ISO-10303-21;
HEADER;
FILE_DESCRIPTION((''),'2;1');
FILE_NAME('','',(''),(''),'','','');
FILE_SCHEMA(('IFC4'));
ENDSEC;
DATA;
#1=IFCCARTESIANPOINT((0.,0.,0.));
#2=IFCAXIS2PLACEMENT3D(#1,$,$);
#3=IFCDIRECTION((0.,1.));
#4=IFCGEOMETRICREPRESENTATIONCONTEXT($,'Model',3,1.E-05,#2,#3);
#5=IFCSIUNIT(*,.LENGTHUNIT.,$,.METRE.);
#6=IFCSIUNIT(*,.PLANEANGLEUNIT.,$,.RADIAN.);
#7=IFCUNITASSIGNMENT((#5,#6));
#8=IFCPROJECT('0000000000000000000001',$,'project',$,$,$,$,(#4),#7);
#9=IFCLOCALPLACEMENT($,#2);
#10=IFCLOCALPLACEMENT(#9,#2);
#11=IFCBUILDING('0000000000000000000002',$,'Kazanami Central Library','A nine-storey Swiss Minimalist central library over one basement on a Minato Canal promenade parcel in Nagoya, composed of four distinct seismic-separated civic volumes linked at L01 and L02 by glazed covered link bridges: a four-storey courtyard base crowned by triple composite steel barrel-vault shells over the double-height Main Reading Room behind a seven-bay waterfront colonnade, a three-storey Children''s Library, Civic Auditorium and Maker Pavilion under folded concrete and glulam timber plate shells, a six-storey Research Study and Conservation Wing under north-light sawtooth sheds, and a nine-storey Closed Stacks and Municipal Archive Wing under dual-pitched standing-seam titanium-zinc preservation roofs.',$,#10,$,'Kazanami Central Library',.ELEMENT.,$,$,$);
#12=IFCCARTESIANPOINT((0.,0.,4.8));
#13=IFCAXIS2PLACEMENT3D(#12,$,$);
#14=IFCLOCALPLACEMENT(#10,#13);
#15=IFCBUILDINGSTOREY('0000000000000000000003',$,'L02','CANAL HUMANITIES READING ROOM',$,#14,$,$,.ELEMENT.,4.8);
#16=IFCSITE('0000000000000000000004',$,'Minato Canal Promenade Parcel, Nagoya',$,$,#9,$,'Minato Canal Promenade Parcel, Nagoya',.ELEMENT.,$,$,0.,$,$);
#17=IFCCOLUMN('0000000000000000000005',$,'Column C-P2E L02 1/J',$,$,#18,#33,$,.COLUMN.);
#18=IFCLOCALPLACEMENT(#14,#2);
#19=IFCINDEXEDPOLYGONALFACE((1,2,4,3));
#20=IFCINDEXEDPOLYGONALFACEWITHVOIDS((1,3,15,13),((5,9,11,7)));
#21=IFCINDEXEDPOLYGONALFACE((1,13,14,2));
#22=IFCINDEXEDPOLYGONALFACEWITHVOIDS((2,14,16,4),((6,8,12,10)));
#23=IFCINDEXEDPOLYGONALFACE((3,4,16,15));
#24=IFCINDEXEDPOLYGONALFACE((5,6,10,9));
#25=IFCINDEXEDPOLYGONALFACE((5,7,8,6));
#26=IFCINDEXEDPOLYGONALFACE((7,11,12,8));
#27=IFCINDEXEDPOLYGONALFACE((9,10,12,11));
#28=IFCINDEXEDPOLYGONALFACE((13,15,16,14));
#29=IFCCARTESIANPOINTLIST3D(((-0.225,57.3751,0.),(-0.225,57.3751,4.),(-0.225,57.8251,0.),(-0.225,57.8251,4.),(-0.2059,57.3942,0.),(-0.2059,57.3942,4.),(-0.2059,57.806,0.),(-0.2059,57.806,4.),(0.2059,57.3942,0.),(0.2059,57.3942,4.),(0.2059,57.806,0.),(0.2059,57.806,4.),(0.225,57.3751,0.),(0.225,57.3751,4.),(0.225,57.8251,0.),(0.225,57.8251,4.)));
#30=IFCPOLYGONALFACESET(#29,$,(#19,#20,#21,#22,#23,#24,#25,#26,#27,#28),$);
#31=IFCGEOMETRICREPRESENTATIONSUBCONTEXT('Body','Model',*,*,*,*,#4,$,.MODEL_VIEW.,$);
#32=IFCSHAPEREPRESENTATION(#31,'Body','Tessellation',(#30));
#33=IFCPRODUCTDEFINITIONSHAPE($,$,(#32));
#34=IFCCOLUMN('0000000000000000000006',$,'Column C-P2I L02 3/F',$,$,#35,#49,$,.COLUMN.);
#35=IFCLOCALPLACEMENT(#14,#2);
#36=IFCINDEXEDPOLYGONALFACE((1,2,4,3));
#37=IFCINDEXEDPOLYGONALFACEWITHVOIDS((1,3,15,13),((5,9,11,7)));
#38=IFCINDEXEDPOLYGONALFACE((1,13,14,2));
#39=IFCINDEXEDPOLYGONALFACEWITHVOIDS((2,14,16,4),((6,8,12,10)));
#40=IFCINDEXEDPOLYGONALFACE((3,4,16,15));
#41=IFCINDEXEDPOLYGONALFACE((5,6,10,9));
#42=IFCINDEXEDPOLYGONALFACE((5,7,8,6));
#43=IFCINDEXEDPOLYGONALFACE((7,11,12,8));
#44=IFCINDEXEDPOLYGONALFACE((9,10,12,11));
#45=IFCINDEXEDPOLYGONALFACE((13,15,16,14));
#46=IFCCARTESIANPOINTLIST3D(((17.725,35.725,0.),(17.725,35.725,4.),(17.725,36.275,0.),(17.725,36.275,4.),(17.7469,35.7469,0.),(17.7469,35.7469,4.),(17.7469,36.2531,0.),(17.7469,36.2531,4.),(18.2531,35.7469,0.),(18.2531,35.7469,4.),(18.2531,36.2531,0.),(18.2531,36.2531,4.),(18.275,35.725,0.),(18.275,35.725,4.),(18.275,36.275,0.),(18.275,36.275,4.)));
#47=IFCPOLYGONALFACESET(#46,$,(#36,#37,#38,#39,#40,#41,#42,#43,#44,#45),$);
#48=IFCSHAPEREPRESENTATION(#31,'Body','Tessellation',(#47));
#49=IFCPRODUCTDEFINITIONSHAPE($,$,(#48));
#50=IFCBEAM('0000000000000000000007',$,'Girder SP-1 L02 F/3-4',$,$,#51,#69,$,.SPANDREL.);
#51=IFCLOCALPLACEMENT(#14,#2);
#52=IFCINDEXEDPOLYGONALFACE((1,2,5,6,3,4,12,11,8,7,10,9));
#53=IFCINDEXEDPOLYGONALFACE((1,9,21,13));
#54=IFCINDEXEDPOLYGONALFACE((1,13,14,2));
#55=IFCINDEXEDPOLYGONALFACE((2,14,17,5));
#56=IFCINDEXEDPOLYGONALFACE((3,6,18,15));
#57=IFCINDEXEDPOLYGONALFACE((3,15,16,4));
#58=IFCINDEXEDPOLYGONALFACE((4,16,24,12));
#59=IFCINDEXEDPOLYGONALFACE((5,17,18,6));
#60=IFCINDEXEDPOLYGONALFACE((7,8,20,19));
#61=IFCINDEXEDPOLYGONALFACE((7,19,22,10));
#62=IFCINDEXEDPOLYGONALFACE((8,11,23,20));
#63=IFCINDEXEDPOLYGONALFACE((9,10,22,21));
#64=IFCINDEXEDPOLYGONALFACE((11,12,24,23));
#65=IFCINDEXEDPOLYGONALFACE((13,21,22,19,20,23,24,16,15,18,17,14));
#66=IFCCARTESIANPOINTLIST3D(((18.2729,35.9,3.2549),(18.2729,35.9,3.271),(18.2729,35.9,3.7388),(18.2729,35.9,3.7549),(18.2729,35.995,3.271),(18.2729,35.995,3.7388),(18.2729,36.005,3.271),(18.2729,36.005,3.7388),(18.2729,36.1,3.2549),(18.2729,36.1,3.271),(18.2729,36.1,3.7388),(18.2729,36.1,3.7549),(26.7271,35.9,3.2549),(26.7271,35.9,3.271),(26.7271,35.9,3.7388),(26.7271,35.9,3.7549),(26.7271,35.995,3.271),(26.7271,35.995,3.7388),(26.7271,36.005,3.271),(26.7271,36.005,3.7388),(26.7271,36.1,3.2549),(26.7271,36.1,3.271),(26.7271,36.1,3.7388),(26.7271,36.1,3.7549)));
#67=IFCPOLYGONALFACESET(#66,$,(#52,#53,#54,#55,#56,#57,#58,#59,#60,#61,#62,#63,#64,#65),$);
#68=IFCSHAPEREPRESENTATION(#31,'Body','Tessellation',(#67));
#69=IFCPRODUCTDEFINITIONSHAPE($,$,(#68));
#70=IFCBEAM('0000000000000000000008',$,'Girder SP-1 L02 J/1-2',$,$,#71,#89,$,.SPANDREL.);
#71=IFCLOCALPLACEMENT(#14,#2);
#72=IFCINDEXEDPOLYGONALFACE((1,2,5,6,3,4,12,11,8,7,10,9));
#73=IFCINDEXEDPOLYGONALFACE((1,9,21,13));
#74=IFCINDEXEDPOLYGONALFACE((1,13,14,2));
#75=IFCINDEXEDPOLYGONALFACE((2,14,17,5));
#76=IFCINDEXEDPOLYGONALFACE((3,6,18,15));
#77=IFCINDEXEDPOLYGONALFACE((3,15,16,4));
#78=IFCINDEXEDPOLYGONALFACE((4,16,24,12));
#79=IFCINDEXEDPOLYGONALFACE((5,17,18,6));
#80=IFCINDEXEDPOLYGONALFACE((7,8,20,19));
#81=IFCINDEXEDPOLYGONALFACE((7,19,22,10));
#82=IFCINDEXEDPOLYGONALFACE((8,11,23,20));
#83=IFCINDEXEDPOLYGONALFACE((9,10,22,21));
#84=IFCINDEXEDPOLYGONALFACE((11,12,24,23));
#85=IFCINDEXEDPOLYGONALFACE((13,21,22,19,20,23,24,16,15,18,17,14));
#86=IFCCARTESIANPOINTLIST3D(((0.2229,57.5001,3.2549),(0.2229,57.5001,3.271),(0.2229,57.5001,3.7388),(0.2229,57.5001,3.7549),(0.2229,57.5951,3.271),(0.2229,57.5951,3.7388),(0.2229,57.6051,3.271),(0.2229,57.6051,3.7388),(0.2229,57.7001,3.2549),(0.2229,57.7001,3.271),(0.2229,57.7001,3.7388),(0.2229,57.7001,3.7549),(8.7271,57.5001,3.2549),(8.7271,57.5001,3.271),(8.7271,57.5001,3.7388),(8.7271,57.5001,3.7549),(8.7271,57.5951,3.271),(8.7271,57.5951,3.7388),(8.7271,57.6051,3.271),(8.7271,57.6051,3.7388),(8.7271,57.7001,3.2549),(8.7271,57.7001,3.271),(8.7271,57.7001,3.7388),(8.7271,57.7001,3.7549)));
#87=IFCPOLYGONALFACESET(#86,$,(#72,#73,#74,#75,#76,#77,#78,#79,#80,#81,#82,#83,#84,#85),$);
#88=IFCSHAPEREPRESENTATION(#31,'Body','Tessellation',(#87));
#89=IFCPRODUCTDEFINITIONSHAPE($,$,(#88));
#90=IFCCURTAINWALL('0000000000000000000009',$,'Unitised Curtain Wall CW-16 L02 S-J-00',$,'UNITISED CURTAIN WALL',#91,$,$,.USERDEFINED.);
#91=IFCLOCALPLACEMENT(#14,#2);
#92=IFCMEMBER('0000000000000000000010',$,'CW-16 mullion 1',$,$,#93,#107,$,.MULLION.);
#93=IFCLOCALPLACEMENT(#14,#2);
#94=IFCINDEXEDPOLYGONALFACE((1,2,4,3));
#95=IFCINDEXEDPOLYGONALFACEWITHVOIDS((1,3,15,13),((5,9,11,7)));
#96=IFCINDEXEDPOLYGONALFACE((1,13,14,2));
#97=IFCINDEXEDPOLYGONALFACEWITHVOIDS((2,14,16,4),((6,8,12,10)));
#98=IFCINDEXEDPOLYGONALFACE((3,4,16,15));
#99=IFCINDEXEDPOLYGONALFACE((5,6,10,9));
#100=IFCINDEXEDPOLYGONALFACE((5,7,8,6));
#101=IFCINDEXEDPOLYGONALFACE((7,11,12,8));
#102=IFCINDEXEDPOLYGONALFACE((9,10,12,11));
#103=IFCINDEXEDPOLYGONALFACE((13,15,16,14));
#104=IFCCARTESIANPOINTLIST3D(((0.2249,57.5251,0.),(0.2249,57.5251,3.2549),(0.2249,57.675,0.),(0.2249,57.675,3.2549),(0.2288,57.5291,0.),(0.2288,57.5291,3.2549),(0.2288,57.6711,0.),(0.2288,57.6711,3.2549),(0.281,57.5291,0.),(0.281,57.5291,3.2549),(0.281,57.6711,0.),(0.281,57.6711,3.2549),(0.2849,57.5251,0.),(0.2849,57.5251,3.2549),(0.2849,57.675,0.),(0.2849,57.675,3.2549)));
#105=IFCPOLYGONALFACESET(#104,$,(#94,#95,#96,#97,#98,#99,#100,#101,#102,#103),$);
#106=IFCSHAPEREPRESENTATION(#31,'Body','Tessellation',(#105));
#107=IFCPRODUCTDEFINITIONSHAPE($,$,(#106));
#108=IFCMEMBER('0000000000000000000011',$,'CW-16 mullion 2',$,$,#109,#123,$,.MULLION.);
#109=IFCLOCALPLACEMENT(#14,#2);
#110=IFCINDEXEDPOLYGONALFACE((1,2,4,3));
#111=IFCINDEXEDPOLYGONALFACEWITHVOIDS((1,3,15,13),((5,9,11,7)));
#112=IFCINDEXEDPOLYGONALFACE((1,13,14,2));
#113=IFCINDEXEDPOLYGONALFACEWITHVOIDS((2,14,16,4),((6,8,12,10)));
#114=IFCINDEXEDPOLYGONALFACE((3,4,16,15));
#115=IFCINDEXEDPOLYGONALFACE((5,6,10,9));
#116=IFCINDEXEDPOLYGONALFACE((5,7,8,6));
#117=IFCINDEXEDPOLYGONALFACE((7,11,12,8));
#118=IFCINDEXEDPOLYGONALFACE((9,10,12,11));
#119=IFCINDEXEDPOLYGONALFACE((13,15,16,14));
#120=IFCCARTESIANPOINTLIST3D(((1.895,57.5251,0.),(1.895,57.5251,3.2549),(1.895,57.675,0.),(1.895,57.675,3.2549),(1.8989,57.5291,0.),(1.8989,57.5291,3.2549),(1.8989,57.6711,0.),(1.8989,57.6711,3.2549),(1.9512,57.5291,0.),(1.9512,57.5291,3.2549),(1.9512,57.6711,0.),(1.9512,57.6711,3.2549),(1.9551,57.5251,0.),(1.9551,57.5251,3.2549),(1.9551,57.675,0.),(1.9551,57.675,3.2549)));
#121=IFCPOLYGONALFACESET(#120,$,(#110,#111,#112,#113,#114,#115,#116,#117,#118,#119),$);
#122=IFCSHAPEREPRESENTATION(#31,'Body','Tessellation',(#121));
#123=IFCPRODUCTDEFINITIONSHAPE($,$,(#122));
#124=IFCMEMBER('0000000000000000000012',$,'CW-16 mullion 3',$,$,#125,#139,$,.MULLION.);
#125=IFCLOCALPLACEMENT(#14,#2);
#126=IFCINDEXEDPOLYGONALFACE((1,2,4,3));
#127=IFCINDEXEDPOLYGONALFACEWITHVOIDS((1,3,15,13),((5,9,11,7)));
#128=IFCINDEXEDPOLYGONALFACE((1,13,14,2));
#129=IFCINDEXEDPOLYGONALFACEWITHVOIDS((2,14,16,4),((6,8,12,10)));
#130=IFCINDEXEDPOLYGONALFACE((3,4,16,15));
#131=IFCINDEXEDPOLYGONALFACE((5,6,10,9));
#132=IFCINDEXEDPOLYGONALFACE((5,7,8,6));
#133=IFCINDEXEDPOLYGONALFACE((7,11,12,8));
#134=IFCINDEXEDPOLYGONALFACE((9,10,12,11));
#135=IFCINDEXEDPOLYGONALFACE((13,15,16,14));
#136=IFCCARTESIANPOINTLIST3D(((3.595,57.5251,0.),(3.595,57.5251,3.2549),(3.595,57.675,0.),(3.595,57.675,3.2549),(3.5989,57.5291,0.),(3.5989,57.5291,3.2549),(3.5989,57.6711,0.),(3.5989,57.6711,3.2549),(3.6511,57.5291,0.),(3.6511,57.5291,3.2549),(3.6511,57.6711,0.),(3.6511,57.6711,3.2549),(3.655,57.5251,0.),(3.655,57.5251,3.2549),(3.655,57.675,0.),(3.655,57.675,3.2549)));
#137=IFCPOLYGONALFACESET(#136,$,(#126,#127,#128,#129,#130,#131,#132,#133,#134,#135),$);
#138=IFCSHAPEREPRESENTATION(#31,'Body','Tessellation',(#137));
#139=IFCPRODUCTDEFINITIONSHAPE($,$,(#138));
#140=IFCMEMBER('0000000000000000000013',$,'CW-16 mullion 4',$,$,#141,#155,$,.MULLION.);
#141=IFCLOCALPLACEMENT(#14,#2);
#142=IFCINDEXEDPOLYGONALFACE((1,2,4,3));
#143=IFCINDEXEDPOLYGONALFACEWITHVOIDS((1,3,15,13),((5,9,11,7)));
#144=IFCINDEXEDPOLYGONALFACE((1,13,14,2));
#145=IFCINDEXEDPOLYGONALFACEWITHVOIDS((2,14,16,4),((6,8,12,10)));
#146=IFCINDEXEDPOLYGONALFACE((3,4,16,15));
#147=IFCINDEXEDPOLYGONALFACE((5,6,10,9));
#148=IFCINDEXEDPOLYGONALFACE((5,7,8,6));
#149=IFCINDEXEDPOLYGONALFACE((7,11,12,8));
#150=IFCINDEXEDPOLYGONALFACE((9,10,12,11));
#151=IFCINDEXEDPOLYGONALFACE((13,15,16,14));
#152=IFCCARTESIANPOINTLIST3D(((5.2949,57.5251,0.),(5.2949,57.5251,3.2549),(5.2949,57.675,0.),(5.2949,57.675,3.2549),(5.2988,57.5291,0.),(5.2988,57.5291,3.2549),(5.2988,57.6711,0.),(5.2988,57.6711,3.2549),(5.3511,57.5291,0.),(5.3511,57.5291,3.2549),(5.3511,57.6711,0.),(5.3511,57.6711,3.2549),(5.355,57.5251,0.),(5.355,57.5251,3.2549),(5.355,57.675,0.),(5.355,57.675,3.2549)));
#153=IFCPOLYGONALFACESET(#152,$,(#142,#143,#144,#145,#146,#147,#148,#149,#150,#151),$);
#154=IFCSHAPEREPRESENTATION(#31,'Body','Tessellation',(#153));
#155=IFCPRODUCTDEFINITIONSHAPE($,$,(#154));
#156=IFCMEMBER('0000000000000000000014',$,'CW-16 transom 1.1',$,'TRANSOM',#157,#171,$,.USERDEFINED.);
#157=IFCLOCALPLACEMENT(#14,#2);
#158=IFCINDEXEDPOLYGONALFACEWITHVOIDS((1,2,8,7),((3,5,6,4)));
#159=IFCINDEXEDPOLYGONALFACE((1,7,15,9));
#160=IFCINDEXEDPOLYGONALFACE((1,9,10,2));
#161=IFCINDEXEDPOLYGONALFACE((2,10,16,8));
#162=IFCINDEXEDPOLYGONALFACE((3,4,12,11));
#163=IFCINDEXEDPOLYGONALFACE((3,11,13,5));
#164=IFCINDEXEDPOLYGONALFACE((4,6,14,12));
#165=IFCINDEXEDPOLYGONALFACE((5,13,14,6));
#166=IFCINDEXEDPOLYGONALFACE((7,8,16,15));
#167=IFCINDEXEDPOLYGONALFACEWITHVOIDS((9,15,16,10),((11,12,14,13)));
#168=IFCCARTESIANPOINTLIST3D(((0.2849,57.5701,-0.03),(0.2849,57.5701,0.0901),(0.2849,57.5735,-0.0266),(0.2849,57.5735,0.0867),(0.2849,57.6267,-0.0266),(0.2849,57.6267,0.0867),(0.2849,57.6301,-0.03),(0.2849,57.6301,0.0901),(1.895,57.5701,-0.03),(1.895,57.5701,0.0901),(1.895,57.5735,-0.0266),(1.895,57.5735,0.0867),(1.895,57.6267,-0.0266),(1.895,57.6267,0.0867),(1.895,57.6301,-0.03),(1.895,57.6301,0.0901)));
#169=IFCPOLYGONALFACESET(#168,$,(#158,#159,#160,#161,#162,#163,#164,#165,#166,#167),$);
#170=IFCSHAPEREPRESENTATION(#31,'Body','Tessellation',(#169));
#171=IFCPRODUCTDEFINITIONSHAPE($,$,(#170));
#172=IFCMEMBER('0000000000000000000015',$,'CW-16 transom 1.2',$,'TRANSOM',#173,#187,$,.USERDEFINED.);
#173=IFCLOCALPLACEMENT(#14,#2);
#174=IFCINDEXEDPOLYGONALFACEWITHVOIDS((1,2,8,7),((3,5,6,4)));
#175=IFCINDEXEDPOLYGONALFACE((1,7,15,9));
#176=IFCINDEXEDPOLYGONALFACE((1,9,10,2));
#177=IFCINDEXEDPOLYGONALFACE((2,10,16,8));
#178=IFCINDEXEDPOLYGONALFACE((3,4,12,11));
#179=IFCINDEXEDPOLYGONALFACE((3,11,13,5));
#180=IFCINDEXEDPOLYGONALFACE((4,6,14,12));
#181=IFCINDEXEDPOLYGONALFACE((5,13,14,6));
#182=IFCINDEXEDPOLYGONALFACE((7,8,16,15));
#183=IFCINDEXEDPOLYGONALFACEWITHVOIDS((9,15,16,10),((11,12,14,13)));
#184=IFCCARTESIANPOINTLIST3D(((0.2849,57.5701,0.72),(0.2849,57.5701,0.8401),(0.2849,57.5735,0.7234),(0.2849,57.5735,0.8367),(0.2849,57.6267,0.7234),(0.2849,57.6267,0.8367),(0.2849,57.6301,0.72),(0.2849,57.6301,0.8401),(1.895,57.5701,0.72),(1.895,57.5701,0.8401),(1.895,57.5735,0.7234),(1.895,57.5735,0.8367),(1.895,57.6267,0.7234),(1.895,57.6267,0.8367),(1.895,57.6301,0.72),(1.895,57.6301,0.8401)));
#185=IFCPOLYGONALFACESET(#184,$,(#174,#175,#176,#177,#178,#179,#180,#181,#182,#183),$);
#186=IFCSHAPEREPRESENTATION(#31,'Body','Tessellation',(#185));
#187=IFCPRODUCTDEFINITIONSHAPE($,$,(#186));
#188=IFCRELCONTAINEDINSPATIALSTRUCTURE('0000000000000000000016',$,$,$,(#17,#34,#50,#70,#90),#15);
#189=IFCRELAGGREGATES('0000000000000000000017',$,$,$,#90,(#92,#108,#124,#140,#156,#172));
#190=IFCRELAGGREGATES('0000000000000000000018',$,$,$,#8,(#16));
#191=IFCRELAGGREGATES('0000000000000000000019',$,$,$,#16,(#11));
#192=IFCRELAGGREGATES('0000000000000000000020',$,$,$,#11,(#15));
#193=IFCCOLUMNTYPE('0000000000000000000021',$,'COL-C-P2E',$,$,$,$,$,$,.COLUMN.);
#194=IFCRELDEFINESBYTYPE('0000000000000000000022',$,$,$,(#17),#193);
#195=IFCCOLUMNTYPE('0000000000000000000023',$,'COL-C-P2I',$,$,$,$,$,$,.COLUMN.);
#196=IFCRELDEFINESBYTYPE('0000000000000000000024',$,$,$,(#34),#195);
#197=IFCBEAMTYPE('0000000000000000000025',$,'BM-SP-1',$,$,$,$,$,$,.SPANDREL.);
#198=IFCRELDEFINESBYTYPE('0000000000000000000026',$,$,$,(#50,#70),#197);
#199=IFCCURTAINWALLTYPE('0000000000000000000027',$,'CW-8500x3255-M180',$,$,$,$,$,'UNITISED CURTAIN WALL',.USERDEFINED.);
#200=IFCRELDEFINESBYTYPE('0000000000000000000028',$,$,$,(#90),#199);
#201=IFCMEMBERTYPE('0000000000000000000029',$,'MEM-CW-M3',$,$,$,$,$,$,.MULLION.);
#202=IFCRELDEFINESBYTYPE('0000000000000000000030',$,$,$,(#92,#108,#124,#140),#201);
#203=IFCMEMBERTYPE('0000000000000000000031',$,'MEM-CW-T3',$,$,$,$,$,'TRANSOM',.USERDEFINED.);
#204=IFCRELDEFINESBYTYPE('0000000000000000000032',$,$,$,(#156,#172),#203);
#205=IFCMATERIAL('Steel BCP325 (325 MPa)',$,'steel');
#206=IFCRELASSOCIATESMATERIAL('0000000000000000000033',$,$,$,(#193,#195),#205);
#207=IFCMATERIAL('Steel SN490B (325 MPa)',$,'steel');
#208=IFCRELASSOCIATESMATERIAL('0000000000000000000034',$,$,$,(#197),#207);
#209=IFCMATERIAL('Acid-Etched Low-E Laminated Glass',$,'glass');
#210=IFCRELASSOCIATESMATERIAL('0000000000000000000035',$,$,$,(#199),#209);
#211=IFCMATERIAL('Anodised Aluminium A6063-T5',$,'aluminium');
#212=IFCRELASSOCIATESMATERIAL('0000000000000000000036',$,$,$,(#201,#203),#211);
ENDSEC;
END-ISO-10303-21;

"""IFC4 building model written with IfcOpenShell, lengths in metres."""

from ifc_helpers import new_model, si_unit, direction, frame, origin, origin_2d, place, context, subcontext, project, spatial, hollow_rectangle, i_section, extrude, material, material_profile, profile_set, type_object, element, aggregate, save


model = new_model("IFC4")

# Units and contexts
model_context = context("Model", 3, precision=1e-05, world=origin(), true_north=direction((0.0, 1.0)))
body_context = subcontext(model_context, "Body", "Model", "MODEL_VIEW")
ifc_project = project(units=[si_unit("LENGTHUNIT", "METRE"), si_unit("PLANEANGLEUNIT", "RADIAN")], contexts=[model_context])

# Site, building, storey
site_placement = place(None, origin())
site = spatial("IfcSite", under=ifc_project, at=site_placement, Name="Minato Canal Promenade Parcel, Nagoya", LongName="Minato Canal Promenade Parcel, Nagoya", CompositionType="ELEMENT", RefElevation=0.0)
building_placement = place(site_placement, origin())
building = spatial("IfcBuilding", under=site, at=building_placement, Name="Kazanami Central Library", Description="A nine-storey Swiss Minimalist central library over one basement on a Minato Canal promenade parcel in Nagoya, composed of four distinct seismic-separated civic volumes linked at L01 and L02 by glazed covered link bridges: a four-storey courtyard base crowned by triple composite steel barrel-vault shells over the double-height Main Reading Room behind a seven-bay waterfront colonnade, a three-storey Children's Library, Civic Auditorium and Maker Pavilion under folded concrete and glulam timber plate shells, a six-storey Research Study and Conservation Wing under north-light sawtooth sheds, and a nine-storey Closed Stacks and Municipal Archive Wing under dual-pitched standing-seam titanium-zinc preservation roofs.", LongName="Kazanami Central Library", CompositionType="ELEMENT")
storey_placement = place(building_placement, frame((0.0, 0.0, 4.8)))
storey = spatial("IfcBuildingStorey", under=building, at=storey_placement, Name="L02", Description="CANAL HUMANITIES READING ROOM", CompositionType="ELEMENT", Elevation=4.8)

# Columns
ifc_material_1 = material(Name="Steel BCP325 (325 MPa)", Category="steel")
ifc_material_profile_1 = material_profile(ifc_material_1, hollow_rectangle(XDim=0.45, YDim=0.45, WallThickness=0.019, at=origin_2d()), Name="BCP-450x450x19")
ifc_profile_set_1 = profile_set([ifc_material_profile_1], Name="Steel BCP325 (325 MPa)")
column_type_1 = type_object("IfcColumnType", Name="COL-C-P2E", PredefinedType="COLUMN", material=ifc_profile_set_1)
column_1_placement = place(storey_placement, frame((0.0, 57.6001, 0.0), z_axis=(0.0, 0.0, 1.0), x_axis=(1.0, 0.0, 0.0)))
element("IfcColumn", 1, at=column_1_placement, inside=storey, type_object=column_type_1, Name="Column C-P2E L02 1/J", PredefinedType="COLUMN", context=body_context, shape_type="SweptSolid", body=[
    extrude(hollow_rectangle(XDim=0.45, YDim=0.45, WallThickness=0.019, at=origin_2d()), origin(), (0.0, 0.0, 1.0), 4.0),
])
ifc_material_profile_2 = material_profile(ifc_material_1, hollow_rectangle(XDim=0.55, YDim=0.55, WallThickness=0.022, at=origin_2d()), Name="BCP-550x550x22")
ifc_profile_set_2 = profile_set([ifc_material_profile_2], Name="Steel BCP325 (325 MPa)")
column_type_2 = type_object("IfcColumnType", Name="COL-C-P2I", PredefinedType="COLUMN", material=ifc_profile_set_2)
column_2_placement = place(storey_placement, frame((18.0, 36.0, 0.0), z_axis=(0.0, 0.0, 1.0), x_axis=(1.0, 0.0, 0.0)))
element("IfcColumn", 2, at=column_2_placement, inside=storey, type_object=column_type_2, Name="Column C-P2I L02 3/F", PredefinedType="COLUMN", context=body_context, shape_type="SweptSolid", body=[
    extrude(hollow_rectangle(XDim=0.55, YDim=0.55, WallThickness=0.022, at=origin_2d()), origin(), (0.0, 0.0, 1.0), 4.0),
])

# Beams
ifc_material_2 = material(Name="Steel SN490B (325 MPa)", Category="steel")
ifc_material_profile_3 = material_profile(ifc_material_2, i_section(OverallWidth=0.2, OverallDepth=0.5, WebThickness=0.01, FlangeThickness=0.0161, at=origin_2d()), Name="H-500x200x10x16")
ifc_profile_set_3 = profile_set([ifc_material_profile_3], Name="Steel SN490B (325 MPa)")
beam_type = type_object("IfcBeamType", Name="BM-SP-1", PredefinedType="SPANDREL", material=ifc_profile_set_3)
beam_1_placement = place(storey_placement, frame((18.2729, 36.0, 3.5049), z_axis=(1.0, 0.0, 0.0), x_axis=(0.0, 1.0, 0.0)))
element("IfcBeam", 3, at=beam_1_placement, inside=storey, type_object=beam_type, Name="Girder SP-1 L02 F/3-4", PredefinedType="SPANDREL", context=body_context, shape_type="SweptSolid", body=[
    extrude(i_section(OverallWidth=0.2, OverallDepth=0.5, WebThickness=0.01, FlangeThickness=0.0161, at=origin_2d()), origin(), (0.0, 0.0, 1.0), 8.4541),
])
beam_2_placement = place(storey_placement, frame((0.2229, 57.6001, 3.5049), z_axis=(1.0, 0.0, 0.0), x_axis=(0.0, 1.0, 0.0)))
element("IfcBeam", 4, at=beam_2_placement, inside=storey, type_object=beam_type, Name="Girder SP-1 L02 J/1-2", PredefinedType="SPANDREL", context=body_context, shape_type="SweptSolid", body=[
    extrude(i_section(OverallWidth=0.2, OverallDepth=0.5, WebThickness=0.01, FlangeThickness=0.0161, at=origin_2d()), origin(), (0.0, 0.0, 1.0), 8.5042),
])

# Curtain wall, members
ifc_material_3 = material(Name="Acid-Etched Low-E Laminated Glass", Category="glass")
curtain_wall_type = type_object("IfcCurtainWallType", Name="CW-8500x3255-M180", ElementType="UNITISED CURTAIN WALL", PredefinedType="USERDEFINED", material=ifc_material_3)
curtain_wall_placement = place(storey_placement, origin())
curtain_wall = element("IfcCurtainWall", 5, at=curtain_wall_placement, inside=storey, type_object=curtain_wall_type, Name="Unitised Curtain Wall CW-16 L02 S-J-00", ObjectType="UNITISED CURTAIN WALL", PredefinedType="USERDEFINED")
ifc_material_4 = material(Name="Anodised Aluminium A6063-T5", Category="aluminium")
ifc_material_profile_4 = material_profile(ifc_material_4, hollow_rectangle(XDim=0.0601, YDim=0.1499, WallThickness=0.0039, at=origin_2d()), Name="ALU-MULL-60x150x4")
ifc_profile_set_4 = profile_set([ifc_material_profile_4], Name="Anodised Aluminium A6063-T5")
member_type_1 = type_object("IfcMemberType", Name="MEM-CW-M3", PredefinedType="MULLION", material=ifc_profile_set_4)
member_1_placement = place(storey_placement, frame((0.2549, 57.6001, 0.0), z_axis=(0.0, 0.0, 1.0), x_axis=(1.0, 0.0, 0.0)))
member_1 = element("IfcMember", 6, at=member_1_placement, type_object=member_type_1, Name="CW-16 mullion 1", PredefinedType="MULLION", context=body_context, shape_type="SweptSolid", body=[
    extrude(hollow_rectangle(XDim=0.0601, YDim=0.1499, WallThickness=0.0039, at=origin_2d()), origin(), (0.0, 0.0, 1.0), 3.2549),
])
member_2_placement = place(storey_placement, frame((1.925, 57.6001, 0.0), z_axis=(0.0, 0.0, 1.0), x_axis=(1.0, 0.0, 0.0)))
member_2 = element("IfcMember", 7, at=member_2_placement, type_object=member_type_1, Name="CW-16 mullion 2", PredefinedType="MULLION", context=body_context, shape_type="SweptSolid", body=[
    extrude(hollow_rectangle(XDim=0.0601, YDim=0.1499, WallThickness=0.0039, at=origin_2d()), origin(), (0.0, 0.0, 1.0), 3.2549),
])
member_3_placement = place(storey_placement, frame((3.625, 57.6001, 0.0), z_axis=(0.0, 0.0, 1.0), x_axis=(1.0, 0.0, 0.0)))
member_3 = element("IfcMember", 8, at=member_3_placement, type_object=member_type_1, Name="CW-16 mullion 3", PredefinedType="MULLION", context=body_context, shape_type="SweptSolid", body=[
    extrude(hollow_rectangle(XDim=0.0601, YDim=0.1499, WallThickness=0.0039, at=origin_2d()), origin(), (0.0, 0.0, 1.0), 3.2549),
])
member_4_placement = place(storey_placement, frame((5.325, 57.6001, 0.0), z_axis=(0.0, 0.0, 1.0), x_axis=(1.0, 0.0, 0.0)))
member_4 = element("IfcMember", 9, at=member_4_placement, type_object=member_type_1, Name="CW-16 mullion 4", PredefinedType="MULLION", context=body_context, shape_type="SweptSolid", body=[
    extrude(hollow_rectangle(XDim=0.0601, YDim=0.1499, WallThickness=0.0039, at=origin_2d()), origin(), (0.0, 0.0, 1.0), 3.2549),
])
ifc_material_profile_5 = material_profile(ifc_material_4, hollow_rectangle(XDim=0.0601, YDim=0.1201, WallThickness=0.0034, at=origin_2d()), Name="ALU-TRAN-60x120x3.5")
ifc_profile_set_5 = profile_set([ifc_material_profile_5], Name="Anodised Aluminium A6063-T5")
member_type_2 = type_object("IfcMemberType", Name="MEM-CW-T3", ElementType="TRANSOM", PredefinedType="USERDEFINED", material=ifc_profile_set_5)
member_5_placement = place(storey_placement, frame((0.2849, 57.6001, 0.03), z_axis=(1.0, 0.0, 0.0), x_axis=(0.0, 1.0, 0.0)))
member_5 = element("IfcMember", 10, at=member_5_placement, type_object=member_type_2, Name="CW-16 transom 1.1", ObjectType="TRANSOM", PredefinedType="USERDEFINED", context=body_context, shape_type="SweptSolid", body=[
    extrude(hollow_rectangle(XDim=0.0601, YDim=0.1201, WallThickness=0.0034, at=origin_2d()), origin(), (0.0, 0.0, 1.0), 1.6101),
])
member_6_placement = place(storey_placement, frame((0.2849, 57.6001, 0.78), z_axis=(1.0, 0.0, 0.0), x_axis=(0.0, 1.0, 0.0)))
member_6 = element("IfcMember", 11, at=member_6_placement, type_object=member_type_2, Name="CW-16 transom 1.2", ObjectType="TRANSOM", PredefinedType="USERDEFINED", context=body_context, shape_type="SweptSolid", body=[
    extrude(hollow_rectangle(XDim=0.0601, YDim=0.1201, WallThickness=0.0034, at=origin_2d()), origin(), (0.0, 0.0, 1.0), 1.6101),
])
aggregate(curtain_wall, [member_1, member_2, member_3, member_4, member_5, member_6])

save(model, "model.ifc")
